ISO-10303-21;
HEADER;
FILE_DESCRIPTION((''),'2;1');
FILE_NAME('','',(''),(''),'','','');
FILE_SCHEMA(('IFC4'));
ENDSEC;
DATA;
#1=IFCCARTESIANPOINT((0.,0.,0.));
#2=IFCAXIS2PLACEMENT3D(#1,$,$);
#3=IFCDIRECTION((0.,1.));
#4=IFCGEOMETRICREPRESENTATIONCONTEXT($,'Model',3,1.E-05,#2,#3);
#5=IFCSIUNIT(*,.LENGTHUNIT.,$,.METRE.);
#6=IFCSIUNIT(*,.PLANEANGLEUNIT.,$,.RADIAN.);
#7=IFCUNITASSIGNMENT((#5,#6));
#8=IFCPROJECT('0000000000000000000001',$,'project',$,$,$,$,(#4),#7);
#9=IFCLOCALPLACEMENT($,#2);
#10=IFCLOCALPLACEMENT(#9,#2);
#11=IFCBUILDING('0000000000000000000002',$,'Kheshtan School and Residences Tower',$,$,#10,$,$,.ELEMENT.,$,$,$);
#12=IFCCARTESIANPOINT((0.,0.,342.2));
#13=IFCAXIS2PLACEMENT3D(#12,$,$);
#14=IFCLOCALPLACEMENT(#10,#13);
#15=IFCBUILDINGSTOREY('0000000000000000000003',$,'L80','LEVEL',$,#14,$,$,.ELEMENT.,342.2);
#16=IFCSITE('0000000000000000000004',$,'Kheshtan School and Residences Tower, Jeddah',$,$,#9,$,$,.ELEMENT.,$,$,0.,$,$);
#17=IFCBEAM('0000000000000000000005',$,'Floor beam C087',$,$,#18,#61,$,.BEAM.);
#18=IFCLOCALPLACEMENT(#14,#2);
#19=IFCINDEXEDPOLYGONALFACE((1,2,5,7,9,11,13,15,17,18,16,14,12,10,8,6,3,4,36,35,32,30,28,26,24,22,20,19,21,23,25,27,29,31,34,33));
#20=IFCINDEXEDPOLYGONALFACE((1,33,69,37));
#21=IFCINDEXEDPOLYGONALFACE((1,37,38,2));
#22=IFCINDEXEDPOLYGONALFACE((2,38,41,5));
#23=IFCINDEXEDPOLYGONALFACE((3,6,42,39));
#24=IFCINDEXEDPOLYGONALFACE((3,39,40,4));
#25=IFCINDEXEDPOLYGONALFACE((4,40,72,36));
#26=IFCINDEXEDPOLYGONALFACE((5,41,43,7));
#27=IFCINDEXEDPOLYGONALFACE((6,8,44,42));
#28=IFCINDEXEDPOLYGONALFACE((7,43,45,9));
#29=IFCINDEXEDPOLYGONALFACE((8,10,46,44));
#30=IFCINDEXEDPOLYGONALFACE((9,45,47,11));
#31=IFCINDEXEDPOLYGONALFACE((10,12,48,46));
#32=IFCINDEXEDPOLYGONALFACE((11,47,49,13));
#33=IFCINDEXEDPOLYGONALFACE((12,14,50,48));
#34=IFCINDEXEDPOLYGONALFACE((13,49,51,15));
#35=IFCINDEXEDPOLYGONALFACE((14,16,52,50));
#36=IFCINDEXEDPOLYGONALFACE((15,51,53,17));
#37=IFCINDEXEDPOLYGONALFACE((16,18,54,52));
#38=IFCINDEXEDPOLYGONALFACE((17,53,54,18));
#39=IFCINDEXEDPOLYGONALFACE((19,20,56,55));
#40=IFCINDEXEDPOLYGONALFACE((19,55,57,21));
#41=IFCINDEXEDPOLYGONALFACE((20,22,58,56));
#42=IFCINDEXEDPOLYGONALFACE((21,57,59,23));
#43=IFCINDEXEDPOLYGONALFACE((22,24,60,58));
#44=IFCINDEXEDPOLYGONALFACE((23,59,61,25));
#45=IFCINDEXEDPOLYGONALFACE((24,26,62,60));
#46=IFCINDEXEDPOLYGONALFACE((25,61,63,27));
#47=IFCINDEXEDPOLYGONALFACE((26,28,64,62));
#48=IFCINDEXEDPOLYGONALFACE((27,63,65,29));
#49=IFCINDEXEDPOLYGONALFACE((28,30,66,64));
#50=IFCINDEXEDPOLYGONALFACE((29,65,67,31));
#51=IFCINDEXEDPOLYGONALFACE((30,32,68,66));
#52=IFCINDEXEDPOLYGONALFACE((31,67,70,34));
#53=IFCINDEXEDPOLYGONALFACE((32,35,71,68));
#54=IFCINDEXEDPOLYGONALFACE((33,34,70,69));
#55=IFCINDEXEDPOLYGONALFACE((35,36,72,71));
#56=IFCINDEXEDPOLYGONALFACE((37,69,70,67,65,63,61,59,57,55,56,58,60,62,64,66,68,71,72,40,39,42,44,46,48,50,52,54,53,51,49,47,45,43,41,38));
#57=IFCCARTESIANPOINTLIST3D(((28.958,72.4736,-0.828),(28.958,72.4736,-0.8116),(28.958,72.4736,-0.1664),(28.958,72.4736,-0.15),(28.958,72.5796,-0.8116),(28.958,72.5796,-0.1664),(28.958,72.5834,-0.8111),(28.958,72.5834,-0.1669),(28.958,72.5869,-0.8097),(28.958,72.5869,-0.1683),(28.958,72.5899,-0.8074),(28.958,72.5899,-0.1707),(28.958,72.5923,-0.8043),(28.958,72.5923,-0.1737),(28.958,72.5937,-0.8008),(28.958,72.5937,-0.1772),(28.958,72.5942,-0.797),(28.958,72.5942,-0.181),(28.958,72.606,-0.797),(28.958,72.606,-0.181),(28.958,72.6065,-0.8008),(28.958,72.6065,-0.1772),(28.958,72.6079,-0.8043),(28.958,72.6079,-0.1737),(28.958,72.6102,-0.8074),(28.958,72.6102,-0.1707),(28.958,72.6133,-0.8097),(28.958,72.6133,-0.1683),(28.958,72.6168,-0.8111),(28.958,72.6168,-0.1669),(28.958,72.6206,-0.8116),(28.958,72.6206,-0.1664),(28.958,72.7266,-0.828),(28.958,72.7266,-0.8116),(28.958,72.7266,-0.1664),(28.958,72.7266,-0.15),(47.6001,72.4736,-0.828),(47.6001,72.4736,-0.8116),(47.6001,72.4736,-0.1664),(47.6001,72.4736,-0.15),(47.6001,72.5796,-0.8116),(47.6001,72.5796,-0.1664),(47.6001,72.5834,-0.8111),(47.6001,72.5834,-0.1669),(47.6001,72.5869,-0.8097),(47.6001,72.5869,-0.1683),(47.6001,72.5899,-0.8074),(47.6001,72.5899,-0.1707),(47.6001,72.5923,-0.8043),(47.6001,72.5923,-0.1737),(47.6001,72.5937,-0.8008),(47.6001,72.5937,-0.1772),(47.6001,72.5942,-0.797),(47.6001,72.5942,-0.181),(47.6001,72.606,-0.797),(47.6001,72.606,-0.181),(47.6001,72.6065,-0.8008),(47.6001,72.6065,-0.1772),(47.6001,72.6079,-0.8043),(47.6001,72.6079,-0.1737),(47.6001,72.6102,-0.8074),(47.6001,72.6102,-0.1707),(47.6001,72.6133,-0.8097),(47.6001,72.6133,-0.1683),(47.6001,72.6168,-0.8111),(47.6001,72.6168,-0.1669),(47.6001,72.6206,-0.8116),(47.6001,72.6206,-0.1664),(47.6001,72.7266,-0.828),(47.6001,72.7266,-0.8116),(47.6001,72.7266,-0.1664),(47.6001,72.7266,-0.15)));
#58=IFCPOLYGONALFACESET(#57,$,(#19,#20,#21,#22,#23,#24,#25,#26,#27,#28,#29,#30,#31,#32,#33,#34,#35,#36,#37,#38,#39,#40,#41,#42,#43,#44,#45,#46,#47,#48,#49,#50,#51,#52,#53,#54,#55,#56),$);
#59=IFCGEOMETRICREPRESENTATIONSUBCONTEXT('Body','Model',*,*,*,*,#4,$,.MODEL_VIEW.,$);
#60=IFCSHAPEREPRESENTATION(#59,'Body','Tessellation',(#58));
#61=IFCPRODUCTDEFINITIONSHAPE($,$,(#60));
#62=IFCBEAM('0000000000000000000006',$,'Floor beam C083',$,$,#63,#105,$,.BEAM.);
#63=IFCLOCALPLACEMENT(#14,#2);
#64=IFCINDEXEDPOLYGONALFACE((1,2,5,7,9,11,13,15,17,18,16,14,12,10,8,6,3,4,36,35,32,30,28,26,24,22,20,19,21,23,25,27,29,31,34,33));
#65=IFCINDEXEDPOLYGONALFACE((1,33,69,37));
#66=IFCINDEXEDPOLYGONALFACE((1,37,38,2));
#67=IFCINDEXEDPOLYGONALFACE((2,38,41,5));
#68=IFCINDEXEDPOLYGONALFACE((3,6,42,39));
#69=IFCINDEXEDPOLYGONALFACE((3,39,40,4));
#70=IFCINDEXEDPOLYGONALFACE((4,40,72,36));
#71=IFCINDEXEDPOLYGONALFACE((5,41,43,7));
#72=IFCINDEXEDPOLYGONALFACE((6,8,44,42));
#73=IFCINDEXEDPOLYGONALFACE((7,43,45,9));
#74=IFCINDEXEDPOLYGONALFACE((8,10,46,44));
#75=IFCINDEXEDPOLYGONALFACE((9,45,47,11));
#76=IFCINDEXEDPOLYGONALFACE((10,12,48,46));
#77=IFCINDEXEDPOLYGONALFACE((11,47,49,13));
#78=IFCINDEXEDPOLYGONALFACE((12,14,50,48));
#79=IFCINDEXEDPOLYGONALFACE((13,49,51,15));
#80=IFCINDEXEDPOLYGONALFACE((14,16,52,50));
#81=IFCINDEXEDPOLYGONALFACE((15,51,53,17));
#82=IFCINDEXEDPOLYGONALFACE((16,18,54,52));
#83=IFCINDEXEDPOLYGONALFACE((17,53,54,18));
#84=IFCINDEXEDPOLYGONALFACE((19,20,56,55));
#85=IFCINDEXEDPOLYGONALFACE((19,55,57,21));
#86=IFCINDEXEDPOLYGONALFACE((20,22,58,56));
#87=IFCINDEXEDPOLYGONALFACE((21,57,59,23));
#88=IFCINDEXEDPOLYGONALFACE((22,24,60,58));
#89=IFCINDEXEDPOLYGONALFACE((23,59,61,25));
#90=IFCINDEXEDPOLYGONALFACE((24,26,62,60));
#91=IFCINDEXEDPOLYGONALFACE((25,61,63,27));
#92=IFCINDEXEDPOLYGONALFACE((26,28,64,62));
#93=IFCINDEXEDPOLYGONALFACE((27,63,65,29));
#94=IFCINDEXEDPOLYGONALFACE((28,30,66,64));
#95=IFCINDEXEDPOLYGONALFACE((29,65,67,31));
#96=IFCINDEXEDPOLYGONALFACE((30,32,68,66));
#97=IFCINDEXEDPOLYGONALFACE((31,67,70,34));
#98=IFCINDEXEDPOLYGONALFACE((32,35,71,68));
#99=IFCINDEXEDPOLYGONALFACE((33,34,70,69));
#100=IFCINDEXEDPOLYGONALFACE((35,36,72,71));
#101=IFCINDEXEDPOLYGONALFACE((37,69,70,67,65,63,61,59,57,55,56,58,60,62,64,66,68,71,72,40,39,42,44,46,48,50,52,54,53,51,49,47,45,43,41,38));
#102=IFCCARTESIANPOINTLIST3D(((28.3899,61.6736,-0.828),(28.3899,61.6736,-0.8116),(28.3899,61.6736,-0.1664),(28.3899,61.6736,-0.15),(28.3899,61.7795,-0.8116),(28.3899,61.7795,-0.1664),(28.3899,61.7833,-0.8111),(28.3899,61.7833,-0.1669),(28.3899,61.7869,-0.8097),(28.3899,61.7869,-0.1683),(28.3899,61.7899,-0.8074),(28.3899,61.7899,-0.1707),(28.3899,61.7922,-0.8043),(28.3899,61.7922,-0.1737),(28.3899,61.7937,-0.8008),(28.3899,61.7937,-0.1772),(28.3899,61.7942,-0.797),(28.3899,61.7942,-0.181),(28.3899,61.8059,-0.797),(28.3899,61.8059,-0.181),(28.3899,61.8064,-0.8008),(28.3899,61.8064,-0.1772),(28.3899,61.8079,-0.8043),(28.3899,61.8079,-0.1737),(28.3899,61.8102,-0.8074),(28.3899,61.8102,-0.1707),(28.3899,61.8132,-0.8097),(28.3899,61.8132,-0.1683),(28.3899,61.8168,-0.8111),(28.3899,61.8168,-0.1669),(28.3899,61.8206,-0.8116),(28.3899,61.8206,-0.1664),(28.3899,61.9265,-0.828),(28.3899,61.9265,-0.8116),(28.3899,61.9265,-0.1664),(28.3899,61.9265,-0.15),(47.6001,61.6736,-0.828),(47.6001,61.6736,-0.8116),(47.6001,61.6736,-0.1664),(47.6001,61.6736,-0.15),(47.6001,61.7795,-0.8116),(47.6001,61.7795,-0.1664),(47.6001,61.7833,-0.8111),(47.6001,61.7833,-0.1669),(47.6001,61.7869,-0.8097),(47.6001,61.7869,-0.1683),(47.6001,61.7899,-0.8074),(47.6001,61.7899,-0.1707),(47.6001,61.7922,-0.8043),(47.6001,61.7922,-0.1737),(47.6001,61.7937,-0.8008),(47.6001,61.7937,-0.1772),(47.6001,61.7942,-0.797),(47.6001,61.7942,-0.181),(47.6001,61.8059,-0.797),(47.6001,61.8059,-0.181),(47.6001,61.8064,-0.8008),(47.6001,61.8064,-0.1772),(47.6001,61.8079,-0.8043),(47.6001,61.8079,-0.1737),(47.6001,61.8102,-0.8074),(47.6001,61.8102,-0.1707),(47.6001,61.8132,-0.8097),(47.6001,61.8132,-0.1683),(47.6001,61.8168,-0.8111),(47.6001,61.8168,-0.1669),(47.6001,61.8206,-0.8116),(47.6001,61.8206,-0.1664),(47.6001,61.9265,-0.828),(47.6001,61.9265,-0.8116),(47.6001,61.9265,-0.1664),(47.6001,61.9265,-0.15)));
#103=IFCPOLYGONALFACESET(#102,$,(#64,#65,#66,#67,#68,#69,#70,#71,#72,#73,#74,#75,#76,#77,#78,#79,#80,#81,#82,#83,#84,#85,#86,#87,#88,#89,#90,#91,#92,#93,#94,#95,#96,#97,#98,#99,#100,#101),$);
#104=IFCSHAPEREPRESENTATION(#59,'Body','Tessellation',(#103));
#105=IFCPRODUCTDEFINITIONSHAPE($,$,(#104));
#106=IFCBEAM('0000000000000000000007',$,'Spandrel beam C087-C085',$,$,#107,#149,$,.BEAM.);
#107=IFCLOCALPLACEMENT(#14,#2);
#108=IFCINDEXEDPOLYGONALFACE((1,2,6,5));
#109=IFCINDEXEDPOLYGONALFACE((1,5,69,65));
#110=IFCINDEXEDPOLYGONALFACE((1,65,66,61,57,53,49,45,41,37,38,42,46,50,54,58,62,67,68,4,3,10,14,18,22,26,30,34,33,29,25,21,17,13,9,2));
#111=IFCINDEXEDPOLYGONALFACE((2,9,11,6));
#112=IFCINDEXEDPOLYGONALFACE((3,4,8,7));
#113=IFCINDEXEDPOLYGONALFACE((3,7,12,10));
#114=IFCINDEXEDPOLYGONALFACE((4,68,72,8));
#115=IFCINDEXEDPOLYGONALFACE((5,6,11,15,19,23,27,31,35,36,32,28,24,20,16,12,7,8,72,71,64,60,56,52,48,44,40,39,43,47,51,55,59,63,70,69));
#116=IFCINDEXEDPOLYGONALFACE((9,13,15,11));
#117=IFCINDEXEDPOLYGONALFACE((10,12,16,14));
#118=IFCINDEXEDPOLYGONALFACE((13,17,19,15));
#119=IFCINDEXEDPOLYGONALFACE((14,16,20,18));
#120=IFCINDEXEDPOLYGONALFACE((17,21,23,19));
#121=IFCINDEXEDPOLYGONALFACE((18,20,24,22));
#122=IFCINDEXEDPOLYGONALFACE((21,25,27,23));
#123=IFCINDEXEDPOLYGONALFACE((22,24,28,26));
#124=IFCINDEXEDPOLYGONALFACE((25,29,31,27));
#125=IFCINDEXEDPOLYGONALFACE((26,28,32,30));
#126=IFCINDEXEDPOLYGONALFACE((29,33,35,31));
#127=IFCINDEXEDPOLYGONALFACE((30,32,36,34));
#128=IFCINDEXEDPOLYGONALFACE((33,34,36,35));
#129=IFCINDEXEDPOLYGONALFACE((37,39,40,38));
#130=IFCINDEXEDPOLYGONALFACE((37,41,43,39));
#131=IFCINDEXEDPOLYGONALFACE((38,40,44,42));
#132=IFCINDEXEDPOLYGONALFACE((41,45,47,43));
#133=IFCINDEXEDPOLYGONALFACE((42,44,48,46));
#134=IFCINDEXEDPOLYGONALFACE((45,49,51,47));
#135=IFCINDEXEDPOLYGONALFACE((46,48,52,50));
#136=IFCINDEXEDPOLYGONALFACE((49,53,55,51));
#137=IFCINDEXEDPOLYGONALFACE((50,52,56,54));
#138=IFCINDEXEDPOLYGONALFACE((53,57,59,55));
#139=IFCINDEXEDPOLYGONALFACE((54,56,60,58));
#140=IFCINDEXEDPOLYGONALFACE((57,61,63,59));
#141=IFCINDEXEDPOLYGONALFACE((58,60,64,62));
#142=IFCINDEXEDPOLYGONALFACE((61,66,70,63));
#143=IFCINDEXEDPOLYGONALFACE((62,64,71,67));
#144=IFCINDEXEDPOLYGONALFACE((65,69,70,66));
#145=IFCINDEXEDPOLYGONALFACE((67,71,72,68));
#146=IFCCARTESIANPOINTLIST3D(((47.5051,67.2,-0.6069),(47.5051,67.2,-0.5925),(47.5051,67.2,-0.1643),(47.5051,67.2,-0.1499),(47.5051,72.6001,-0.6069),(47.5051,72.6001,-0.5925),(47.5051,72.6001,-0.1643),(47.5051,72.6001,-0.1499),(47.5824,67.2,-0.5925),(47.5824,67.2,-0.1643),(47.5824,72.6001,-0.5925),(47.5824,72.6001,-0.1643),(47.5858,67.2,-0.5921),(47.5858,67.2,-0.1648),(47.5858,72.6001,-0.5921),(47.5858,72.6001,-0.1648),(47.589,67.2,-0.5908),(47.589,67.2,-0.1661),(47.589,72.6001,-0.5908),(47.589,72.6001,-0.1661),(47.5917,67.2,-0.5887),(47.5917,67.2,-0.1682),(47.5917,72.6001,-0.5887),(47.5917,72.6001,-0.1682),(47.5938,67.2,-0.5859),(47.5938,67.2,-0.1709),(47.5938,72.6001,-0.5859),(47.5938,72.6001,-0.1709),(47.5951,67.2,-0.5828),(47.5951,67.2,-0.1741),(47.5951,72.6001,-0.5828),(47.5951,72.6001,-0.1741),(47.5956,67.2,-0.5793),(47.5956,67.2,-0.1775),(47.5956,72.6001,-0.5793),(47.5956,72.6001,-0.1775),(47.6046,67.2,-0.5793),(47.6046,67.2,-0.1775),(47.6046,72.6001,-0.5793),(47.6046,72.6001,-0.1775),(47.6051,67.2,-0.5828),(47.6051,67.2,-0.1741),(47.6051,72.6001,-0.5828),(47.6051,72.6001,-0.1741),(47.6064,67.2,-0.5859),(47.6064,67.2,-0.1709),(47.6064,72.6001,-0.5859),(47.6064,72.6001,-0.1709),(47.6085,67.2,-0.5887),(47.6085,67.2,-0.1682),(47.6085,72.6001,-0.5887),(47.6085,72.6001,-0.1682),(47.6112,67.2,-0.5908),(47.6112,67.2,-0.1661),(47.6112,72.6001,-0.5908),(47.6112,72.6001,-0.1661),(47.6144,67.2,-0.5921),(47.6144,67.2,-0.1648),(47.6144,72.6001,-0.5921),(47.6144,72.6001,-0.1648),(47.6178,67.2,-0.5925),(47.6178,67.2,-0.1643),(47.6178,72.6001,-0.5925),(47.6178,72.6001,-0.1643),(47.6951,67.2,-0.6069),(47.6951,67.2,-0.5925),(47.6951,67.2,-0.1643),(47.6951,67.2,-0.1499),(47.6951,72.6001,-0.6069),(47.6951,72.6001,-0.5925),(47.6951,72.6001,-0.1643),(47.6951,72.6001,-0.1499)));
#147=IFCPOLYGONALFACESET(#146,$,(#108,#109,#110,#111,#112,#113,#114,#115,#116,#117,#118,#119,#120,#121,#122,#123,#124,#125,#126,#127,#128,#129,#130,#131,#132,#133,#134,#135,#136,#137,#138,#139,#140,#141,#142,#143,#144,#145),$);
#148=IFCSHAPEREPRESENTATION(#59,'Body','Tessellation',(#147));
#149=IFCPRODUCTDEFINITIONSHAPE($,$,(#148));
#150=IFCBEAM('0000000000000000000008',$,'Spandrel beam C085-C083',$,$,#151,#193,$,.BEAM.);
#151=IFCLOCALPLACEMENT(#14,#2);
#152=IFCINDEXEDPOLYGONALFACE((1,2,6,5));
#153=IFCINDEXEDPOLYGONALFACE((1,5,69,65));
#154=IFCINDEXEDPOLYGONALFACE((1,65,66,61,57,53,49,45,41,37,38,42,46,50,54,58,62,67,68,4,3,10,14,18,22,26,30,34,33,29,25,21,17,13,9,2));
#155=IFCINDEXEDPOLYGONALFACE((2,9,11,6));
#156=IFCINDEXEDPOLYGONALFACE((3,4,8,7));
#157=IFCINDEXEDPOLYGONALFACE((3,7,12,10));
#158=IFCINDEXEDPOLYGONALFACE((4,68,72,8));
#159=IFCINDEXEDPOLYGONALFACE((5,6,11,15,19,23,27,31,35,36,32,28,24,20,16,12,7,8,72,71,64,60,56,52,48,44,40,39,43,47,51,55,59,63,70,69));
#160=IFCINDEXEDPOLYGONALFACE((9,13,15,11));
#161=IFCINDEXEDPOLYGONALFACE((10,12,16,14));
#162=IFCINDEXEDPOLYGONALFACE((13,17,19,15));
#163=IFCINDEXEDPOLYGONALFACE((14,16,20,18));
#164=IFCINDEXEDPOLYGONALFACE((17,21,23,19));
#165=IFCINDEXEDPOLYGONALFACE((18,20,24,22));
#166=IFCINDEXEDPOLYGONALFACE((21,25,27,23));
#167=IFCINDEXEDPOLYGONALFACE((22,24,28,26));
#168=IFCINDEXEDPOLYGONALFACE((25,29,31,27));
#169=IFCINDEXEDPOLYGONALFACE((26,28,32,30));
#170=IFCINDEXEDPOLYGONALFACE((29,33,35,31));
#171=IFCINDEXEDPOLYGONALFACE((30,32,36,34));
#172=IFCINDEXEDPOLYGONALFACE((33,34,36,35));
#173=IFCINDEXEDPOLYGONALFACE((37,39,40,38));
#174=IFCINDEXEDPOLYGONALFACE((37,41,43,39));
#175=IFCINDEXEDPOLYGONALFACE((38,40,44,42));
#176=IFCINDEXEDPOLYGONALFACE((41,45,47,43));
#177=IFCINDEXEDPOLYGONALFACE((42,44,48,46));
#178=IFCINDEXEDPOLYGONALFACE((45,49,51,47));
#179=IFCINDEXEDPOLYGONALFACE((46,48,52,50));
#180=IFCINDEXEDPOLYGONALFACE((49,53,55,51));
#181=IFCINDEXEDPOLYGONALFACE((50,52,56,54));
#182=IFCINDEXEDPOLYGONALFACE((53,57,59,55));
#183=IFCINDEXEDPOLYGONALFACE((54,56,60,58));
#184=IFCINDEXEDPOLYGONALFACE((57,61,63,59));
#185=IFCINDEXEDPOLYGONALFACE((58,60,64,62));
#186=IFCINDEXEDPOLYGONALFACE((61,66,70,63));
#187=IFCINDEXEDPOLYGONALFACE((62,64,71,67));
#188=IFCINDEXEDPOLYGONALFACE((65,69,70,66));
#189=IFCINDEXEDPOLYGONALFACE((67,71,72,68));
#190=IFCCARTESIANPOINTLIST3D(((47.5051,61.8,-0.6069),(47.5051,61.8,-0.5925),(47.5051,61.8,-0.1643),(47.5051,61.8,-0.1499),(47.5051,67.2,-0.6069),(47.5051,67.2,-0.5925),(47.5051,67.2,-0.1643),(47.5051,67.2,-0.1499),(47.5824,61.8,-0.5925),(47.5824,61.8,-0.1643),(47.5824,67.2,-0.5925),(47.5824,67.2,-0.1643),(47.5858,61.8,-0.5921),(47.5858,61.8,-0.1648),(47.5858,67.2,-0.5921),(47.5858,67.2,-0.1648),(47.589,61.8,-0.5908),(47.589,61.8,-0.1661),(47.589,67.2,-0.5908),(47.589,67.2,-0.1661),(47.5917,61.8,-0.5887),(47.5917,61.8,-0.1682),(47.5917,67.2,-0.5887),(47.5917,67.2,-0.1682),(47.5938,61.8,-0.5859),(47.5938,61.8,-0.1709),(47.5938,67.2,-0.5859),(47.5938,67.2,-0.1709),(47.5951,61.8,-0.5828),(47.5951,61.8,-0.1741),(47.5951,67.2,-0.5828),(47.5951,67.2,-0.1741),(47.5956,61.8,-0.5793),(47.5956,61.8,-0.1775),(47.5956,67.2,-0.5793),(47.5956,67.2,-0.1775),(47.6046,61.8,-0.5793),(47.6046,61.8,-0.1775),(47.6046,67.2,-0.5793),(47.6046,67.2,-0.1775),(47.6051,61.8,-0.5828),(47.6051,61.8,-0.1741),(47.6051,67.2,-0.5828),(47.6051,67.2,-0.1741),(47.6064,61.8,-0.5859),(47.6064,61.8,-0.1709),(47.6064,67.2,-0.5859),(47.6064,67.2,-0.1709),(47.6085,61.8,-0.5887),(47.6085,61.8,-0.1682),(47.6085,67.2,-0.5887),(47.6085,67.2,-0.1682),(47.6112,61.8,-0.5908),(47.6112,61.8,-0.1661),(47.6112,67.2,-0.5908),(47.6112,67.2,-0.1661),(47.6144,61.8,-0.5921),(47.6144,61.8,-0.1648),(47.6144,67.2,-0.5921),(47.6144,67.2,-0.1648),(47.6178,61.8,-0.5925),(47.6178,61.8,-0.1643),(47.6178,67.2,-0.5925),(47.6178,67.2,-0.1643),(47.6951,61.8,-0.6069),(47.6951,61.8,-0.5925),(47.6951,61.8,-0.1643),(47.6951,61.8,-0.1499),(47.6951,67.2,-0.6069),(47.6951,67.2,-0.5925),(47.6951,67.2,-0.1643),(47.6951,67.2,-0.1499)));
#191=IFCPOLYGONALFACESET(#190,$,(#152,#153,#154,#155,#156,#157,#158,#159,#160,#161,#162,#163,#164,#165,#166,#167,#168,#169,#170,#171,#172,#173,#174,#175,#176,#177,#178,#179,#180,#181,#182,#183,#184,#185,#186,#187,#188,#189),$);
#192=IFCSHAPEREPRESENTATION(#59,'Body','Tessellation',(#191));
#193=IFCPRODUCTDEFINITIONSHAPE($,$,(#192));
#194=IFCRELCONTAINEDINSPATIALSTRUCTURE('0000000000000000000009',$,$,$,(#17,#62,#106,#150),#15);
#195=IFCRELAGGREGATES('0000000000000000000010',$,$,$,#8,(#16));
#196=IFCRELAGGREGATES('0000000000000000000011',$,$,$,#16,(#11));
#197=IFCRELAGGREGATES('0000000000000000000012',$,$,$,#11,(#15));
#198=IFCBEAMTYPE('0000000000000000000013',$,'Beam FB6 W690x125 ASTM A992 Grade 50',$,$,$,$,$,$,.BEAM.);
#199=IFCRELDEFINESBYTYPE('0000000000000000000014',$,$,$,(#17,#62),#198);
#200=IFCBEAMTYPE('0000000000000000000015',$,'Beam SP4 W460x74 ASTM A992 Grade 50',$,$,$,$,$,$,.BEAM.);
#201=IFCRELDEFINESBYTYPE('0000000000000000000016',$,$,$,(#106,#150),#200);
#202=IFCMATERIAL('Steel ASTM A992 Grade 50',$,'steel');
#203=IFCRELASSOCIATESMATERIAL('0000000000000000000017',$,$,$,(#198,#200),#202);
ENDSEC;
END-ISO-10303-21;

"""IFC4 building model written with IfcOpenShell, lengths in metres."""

from ifc_helpers import new_model, si_unit, direction, frame, origin, origin_2d, place, context, subcontext, project, spatial, i_section, extrude, material, material_profile, profile_set, type_object, element, save


model = new_model("IFC4")

# Units and contexts
model_context = context("Model", 3, precision=1e-05, world=origin(), true_north=direction((0.0, 1.0)))
body_context = subcontext(model_context, "Body", "Model", "MODEL_VIEW")
ifc_project = project(units=[si_unit("LENGTHUNIT", "METRE"), si_unit("PLANEANGLEUNIT", "RADIAN")], contexts=[model_context])

# Site, building, storey
site_placement = place(None, origin())
site = spatial("IfcSite", under=ifc_project, at=site_placement, Name="Kheshtan School and Residences Tower, Jeddah", CompositionType="ELEMENT", RefElevation=0.0)
building_placement = place(site_placement, origin())
building = spatial("IfcBuilding", under=site, at=building_placement, Name="Kheshtan School and Residences Tower", CompositionType="ELEMENT")
storey_placement = place(building_placement, frame((0.0, 0.0, 342.2)))
storey = spatial("IfcBuildingStorey", under=building, at=storey_placement, Name="L80", Description="LEVEL", CompositionType="ELEMENT", Elevation=342.2)

# Shared definitions
ifc_material_1 = material(Name="Steel ASTM A992 Grade 50", Category="steel")

# Beams
ifc_material_profile_1 = material_profile(ifc_material_1, i_section(OverallWidth=0.2529, OverallDepth=0.678, WebThickness=0.0117, FlangeThickness=0.0164, FilletRadius=0.0146, at=origin_2d()), Name="W690x125")
ifc_profile_set_1 = profile_set([ifc_material_profile_1], Name="Steel ASTM A992 Grade 50")
beam_type_1 = type_object("IfcBeamType", Name="Beam FB6 W690x125 ASTM A992 Grade 50", PredefinedType="BEAM", material=ifc_profile_set_1)
beam_1_placement = place(storey_placement, frame((47.6001, 72.6001, -0.489), z_axis=(-1.0, 0.0, 0.0), x_axis=(0.0, -1.0, 0.0)))
element("IfcBeam", 1, at=beam_1_placement, inside=storey, type_object=beam_type_1, Name="Floor beam C087", PredefinedType="BEAM", context=body_context, shape_type="SweptSolid", body=[
    extrude(i_section(OverallWidth=0.2529, OverallDepth=0.678, WebThickness=0.0117, FlangeThickness=0.0164, FilletRadius=0.0146, at=origin_2d()), origin(), (0.0, 0.0, 1.0), 18.6421),
])
beam_2_placement = place(storey_placement, frame((47.6001, 61.8, -0.489), z_axis=(-1.0, 0.0, 0.0), x_axis=(0.0, -1.0, 0.0)))
element("IfcBeam", 2, at=beam_2_placement, inside=storey, type_object=beam_type_1, Name="Floor beam C083", PredefinedType="BEAM", context=body_context, shape_type="SweptSolid", body=[
    extrude(i_section(OverallWidth=0.2529, OverallDepth=0.678, WebThickness=0.0117, FlangeThickness=0.0164, FilletRadius=0.0146, at=origin_2d()), origin(), (0.0, 0.0, 1.0), 19.2102),
])
ifc_material_profile_2 = material_profile(ifc_material_1, i_section(OverallWidth=0.1899, OverallDepth=0.457, WebThickness=0.009, FlangeThickness=0.0144, FilletRadius=0.0132, at=origin_2d()), Name="W460x74")
ifc_profile_set_2 = profile_set([ifc_material_profile_2], Name="Steel ASTM A992 Grade 50")
beam_type_2 = type_object("IfcBeamType", Name="Beam SP4 W460x74 ASTM A992 Grade 50", PredefinedType="BEAM", material=ifc_profile_set_2)
beam_3_placement = place(storey_placement, frame((47.6001, 72.6001, -0.3784), z_axis=(0.0, -1.0, 0.0), x_axis=(1.0, 0.0, 0.0)))
element("IfcBeam", 3, at=beam_3_placement, inside=storey, type_object=beam_type_2, Name="Spandrel beam C087-C085", PredefinedType="BEAM", context=body_context, shape_type="SweptSolid", body=[
    extrude(i_section(OverallWidth=0.1899, OverallDepth=0.457, WebThickness=0.009, FlangeThickness=0.0144, FilletRadius=0.0132, at=origin_2d()), origin(), (0.0, 0.0, 1.0), 5.4001),
])
beam_4_placement = place(storey_placement, frame((47.6001, 67.2, -0.3784), z_axis=(0.0, -1.0, 0.0), x_axis=(1.0, 0.0, 0.0)))
element("IfcBeam", 4, at=beam_4_placement, inside=storey, type_object=beam_type_2, Name="Spandrel beam C085-C083", PredefinedType="BEAM", context=body_context, shape_type="SweptSolid", body=[
    extrude(i_section(OverallWidth=0.1899, OverallDepth=0.457, WebThickness=0.009, FlangeThickness=0.0144, FilletRadius=0.0132, at=origin_2d()), origin(), (0.0, 0.0, 1.0), 5.3999),
])

save(model, "model.ifc")
